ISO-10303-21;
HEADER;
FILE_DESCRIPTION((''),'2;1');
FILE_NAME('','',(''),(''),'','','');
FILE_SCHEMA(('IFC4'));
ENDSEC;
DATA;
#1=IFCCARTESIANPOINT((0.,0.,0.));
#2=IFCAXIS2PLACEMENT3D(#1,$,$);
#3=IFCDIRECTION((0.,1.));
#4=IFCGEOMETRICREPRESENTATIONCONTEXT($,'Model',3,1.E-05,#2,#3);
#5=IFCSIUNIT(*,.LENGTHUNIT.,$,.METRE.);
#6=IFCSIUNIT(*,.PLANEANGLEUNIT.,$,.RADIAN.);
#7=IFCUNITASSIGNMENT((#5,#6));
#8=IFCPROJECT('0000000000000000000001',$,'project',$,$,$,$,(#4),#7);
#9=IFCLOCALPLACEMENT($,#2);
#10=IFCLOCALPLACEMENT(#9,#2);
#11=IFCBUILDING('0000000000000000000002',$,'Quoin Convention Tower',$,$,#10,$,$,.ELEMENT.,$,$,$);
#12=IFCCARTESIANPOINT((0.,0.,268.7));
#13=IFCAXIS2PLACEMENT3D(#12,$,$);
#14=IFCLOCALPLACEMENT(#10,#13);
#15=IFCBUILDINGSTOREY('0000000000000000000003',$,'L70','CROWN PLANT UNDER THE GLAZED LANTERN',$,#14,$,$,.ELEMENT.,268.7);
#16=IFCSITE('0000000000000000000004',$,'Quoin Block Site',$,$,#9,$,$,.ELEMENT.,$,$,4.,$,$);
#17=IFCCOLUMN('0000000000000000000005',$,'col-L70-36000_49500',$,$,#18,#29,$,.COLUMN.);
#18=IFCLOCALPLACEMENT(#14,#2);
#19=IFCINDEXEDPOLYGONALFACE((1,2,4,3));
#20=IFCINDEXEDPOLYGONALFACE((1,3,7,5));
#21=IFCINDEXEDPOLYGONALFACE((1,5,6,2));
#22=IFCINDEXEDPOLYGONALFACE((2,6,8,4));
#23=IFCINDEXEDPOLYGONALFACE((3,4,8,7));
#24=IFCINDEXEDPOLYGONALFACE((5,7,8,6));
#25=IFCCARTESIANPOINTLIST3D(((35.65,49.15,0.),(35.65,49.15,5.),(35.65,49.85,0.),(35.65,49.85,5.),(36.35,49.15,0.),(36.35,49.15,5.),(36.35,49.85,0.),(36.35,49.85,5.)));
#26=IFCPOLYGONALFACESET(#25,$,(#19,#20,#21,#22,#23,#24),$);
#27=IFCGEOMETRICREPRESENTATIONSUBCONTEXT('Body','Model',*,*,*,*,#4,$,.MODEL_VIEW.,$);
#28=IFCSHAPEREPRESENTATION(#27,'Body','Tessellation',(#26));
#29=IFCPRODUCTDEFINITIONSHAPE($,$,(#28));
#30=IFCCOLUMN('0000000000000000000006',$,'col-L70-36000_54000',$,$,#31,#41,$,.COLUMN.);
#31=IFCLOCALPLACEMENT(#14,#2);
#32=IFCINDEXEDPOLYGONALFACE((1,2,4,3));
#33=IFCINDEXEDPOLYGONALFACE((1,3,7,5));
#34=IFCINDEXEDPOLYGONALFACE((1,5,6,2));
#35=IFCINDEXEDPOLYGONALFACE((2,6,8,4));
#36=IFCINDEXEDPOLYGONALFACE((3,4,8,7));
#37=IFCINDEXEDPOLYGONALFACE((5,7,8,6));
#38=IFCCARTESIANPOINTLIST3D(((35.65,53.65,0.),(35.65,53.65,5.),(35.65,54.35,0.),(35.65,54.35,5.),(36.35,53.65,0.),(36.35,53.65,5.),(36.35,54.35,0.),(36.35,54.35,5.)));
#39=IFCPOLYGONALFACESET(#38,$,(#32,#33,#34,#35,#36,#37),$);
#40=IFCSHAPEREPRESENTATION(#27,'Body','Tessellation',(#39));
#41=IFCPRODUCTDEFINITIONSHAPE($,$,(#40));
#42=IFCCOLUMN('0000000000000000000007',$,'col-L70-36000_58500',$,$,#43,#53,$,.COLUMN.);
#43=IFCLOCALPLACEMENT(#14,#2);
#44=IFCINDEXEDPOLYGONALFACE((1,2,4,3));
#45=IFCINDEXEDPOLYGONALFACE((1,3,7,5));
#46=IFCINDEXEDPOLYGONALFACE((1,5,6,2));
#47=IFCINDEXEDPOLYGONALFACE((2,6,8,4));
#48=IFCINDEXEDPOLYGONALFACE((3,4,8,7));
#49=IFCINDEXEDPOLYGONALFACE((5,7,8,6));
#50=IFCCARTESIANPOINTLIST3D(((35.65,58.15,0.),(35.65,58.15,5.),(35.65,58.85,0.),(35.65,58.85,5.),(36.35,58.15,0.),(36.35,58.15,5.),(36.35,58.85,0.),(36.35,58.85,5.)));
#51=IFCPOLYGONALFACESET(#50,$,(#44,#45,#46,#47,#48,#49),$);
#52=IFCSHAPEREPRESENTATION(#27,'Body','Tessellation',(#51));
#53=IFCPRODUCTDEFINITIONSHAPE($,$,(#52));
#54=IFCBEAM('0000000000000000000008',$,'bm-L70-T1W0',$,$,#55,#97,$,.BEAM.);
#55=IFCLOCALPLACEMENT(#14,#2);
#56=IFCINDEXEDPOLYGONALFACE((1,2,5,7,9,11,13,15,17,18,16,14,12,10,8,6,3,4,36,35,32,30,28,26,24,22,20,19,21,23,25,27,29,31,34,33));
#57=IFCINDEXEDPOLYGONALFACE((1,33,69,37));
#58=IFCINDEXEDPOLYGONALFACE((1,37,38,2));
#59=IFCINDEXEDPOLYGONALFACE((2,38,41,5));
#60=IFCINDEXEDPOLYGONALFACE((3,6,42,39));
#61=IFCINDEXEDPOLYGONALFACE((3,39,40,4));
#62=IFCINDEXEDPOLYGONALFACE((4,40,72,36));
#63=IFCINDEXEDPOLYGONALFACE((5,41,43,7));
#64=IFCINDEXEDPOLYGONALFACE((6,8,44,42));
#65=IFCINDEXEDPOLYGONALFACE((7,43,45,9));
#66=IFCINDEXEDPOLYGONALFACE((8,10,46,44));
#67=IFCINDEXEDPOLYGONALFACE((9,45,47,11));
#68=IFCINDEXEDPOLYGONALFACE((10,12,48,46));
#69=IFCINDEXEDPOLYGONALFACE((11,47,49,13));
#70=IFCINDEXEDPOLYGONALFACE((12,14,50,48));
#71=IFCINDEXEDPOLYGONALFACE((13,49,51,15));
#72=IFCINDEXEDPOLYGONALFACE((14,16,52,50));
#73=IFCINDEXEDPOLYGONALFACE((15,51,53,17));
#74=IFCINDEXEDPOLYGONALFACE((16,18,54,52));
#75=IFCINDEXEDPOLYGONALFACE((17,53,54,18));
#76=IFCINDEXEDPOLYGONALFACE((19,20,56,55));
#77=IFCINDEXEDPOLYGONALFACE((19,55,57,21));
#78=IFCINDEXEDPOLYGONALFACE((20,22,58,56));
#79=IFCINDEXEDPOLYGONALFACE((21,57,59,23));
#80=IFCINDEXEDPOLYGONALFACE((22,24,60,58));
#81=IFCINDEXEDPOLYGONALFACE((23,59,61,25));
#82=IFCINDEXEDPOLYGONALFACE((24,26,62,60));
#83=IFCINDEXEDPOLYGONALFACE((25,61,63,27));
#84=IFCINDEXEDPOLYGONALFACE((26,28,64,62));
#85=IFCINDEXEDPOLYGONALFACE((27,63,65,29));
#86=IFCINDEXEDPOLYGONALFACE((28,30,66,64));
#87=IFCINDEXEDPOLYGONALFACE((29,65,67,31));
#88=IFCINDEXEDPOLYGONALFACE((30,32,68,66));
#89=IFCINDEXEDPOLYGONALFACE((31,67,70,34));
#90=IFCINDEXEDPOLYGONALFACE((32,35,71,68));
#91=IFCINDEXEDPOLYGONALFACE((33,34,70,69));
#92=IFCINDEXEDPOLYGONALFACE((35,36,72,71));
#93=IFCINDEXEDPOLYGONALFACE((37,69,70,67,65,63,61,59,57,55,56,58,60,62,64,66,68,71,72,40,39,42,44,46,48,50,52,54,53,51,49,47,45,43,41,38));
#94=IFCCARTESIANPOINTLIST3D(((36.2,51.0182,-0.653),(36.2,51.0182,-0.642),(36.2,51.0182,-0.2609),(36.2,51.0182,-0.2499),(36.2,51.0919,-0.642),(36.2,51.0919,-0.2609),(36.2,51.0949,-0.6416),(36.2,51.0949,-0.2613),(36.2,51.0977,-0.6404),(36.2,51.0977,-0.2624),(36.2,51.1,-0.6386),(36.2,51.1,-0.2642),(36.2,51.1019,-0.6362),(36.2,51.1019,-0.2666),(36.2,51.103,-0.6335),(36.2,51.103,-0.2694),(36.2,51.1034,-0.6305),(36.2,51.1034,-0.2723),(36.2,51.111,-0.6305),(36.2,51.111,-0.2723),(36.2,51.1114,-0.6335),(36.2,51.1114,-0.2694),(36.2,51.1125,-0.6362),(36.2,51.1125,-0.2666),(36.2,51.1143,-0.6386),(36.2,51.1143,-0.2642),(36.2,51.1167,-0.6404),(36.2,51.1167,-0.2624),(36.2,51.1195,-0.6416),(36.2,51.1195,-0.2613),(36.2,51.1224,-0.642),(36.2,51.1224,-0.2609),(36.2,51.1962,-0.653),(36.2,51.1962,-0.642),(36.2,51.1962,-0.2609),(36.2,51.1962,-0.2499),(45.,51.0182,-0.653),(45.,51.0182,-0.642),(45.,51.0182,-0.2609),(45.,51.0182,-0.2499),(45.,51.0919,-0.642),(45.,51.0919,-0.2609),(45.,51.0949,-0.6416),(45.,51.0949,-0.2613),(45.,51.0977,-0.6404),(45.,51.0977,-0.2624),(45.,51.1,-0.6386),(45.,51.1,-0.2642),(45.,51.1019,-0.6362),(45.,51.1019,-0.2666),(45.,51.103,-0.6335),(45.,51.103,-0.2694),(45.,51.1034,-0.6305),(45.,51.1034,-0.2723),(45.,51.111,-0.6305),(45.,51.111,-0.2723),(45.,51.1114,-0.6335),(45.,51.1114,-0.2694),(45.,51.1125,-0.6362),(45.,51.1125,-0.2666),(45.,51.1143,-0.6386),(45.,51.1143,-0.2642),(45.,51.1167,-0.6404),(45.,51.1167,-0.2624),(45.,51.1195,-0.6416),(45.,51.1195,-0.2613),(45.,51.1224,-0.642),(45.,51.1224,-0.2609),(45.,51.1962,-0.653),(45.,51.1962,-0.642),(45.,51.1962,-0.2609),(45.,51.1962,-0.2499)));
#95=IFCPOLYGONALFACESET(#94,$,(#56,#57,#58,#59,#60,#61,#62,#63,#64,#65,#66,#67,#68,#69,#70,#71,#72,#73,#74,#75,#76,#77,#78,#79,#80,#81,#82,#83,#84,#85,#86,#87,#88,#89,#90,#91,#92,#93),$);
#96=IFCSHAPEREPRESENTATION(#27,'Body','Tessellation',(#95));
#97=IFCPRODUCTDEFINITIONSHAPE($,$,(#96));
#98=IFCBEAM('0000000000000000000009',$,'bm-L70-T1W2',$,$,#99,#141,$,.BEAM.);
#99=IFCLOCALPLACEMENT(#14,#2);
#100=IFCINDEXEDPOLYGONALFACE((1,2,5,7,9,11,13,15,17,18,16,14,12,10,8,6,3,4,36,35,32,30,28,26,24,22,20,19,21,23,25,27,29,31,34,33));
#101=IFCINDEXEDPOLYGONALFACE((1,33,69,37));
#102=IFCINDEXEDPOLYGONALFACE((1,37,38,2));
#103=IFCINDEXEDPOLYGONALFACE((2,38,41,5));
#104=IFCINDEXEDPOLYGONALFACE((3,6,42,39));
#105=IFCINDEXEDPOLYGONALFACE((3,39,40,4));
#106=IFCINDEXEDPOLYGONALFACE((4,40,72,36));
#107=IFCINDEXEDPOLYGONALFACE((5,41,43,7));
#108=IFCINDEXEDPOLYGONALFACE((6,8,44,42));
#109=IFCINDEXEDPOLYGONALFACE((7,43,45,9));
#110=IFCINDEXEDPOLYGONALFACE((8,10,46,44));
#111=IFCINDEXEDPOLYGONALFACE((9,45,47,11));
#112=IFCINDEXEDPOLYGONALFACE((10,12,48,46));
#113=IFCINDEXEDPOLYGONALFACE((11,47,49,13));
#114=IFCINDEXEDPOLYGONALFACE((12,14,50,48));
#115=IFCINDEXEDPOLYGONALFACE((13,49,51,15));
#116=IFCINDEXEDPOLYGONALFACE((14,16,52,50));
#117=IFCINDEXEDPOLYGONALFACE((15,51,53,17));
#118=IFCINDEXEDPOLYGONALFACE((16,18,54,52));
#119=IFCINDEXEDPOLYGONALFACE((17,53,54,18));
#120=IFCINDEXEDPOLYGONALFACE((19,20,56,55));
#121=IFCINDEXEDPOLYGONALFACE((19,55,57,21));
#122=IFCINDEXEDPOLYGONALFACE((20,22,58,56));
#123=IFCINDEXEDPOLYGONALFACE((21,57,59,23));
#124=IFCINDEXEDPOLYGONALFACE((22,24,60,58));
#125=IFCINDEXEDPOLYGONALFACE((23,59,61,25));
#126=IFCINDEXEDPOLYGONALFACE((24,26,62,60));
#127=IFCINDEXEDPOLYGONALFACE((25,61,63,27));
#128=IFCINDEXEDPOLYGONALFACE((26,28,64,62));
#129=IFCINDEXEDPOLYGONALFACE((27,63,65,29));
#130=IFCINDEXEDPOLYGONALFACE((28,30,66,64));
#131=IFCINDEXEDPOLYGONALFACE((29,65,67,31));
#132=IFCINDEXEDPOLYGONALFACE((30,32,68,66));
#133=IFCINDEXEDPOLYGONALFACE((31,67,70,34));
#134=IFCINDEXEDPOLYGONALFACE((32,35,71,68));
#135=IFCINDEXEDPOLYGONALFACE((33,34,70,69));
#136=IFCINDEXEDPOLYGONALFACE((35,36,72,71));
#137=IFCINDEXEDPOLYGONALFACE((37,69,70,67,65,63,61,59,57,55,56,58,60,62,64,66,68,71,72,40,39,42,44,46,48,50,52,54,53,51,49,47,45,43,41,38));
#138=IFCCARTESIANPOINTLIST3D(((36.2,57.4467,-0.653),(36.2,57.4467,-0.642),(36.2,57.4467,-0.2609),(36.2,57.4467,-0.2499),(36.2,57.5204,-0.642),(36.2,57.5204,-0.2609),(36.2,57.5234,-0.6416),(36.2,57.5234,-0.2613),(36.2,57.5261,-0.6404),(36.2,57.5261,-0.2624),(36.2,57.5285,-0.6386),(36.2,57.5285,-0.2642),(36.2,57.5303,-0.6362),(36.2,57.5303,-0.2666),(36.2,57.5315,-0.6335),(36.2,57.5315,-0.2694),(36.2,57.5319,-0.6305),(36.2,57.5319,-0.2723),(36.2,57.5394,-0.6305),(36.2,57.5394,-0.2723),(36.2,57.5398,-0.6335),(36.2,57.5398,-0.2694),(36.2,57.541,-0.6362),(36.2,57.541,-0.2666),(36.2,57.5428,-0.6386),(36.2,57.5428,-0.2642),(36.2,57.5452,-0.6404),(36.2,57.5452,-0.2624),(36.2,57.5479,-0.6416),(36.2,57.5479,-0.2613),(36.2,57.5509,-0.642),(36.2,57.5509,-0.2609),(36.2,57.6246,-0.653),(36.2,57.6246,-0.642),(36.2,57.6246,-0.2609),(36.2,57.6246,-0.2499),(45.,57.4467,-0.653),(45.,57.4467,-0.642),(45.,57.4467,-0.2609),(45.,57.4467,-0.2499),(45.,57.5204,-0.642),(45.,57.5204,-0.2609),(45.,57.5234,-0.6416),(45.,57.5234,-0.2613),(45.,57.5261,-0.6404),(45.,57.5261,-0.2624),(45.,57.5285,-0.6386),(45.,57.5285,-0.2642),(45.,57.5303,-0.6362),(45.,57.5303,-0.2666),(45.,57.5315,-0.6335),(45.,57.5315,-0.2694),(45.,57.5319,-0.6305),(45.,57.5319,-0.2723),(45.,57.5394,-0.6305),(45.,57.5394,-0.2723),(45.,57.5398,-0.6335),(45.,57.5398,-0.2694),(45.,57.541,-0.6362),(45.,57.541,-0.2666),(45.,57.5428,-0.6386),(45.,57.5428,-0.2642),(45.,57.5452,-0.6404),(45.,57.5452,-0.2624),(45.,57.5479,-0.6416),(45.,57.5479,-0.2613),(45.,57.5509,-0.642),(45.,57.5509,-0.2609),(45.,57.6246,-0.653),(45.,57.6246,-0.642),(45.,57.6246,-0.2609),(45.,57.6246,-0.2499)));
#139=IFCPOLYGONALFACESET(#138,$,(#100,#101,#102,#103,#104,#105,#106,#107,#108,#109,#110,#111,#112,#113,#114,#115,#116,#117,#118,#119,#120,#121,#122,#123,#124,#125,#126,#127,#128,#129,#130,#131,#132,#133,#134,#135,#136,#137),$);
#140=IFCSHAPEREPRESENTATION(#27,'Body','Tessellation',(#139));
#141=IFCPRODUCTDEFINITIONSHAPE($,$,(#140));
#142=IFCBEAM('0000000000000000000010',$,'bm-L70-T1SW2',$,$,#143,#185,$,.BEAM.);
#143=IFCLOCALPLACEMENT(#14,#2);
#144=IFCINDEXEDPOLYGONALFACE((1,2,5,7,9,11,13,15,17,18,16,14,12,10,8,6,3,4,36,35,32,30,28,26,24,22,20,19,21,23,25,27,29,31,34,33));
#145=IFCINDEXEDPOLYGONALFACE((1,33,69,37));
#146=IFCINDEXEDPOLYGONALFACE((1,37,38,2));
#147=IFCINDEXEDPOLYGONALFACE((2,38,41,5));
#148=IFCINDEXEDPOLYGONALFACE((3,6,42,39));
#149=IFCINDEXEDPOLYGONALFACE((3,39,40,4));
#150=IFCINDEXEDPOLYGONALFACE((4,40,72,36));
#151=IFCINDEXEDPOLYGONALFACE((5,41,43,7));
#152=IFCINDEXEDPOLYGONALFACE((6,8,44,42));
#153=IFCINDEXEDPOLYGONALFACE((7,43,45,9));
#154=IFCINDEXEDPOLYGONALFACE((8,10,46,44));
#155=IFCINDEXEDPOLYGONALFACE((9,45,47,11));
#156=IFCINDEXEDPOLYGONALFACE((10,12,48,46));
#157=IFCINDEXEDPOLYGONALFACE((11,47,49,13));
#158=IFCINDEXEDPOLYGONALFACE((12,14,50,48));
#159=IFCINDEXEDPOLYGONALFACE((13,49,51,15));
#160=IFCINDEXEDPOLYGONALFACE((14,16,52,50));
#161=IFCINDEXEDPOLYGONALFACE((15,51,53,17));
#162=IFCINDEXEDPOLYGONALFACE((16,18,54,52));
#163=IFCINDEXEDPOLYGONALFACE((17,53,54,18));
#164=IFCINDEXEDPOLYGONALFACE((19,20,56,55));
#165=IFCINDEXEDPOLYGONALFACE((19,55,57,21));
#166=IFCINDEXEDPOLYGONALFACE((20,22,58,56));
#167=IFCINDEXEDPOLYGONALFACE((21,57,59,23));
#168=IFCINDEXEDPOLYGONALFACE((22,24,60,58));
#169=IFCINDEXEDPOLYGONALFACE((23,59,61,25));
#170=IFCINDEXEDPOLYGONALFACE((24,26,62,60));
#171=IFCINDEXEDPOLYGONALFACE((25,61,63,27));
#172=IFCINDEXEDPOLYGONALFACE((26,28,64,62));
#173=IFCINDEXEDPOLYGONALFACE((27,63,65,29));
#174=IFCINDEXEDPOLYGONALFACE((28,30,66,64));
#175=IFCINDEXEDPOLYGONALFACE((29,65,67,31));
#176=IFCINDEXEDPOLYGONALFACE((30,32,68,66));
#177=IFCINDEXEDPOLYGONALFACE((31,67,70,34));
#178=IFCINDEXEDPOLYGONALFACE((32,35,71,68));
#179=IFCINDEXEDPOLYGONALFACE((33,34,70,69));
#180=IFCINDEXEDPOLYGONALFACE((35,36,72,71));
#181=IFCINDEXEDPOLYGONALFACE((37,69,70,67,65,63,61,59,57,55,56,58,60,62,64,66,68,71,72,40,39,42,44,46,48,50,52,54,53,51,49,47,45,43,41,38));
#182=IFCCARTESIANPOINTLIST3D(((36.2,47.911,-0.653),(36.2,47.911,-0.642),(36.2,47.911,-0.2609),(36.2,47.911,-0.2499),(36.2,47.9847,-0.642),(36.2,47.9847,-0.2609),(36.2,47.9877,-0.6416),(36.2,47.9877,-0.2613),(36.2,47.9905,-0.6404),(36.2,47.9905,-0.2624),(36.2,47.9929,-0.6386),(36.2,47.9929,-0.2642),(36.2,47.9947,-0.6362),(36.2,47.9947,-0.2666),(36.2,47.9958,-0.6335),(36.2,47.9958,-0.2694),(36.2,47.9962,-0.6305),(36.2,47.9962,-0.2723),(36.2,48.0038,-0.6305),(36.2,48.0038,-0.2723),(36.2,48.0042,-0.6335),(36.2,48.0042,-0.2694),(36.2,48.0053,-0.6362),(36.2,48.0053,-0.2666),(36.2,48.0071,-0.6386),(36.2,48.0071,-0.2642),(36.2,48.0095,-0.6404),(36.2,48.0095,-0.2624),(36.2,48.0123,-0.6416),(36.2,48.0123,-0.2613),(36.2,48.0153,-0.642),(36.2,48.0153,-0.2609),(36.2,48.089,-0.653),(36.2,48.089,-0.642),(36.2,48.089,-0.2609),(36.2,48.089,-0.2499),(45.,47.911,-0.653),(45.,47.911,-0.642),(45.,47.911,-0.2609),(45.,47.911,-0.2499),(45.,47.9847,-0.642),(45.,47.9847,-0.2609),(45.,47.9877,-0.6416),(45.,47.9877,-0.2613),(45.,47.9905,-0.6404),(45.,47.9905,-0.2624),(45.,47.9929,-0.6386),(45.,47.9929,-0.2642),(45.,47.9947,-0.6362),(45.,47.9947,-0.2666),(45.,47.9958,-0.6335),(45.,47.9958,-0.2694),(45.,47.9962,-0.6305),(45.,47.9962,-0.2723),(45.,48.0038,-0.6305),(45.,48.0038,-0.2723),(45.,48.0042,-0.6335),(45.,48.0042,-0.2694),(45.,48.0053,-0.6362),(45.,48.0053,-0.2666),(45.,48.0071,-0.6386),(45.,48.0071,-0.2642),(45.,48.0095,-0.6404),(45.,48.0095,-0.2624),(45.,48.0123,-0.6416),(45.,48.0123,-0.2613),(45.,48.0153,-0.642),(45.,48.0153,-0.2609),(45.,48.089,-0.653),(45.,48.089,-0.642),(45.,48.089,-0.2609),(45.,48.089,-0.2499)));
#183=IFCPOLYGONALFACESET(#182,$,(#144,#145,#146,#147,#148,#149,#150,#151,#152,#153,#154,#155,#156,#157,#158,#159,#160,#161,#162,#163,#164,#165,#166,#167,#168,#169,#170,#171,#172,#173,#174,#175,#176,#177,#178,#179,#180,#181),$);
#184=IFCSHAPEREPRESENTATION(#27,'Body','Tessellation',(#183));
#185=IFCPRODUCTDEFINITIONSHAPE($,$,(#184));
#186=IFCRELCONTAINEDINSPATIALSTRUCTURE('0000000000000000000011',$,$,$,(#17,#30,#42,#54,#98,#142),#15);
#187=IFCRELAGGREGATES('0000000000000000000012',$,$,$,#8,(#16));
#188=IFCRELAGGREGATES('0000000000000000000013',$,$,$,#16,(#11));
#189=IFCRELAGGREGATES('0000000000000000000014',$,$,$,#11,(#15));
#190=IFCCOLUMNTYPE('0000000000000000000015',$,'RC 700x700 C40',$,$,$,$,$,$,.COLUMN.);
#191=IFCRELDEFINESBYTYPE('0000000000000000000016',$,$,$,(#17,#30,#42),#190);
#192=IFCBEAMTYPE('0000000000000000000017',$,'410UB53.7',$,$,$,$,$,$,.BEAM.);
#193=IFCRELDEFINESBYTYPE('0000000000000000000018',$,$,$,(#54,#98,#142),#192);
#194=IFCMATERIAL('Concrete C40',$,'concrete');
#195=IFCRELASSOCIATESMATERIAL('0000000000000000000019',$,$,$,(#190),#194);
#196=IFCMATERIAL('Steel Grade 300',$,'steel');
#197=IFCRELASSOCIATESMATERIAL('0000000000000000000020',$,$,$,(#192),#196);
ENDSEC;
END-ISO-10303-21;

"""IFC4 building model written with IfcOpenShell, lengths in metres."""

from ifc_helpers import new_model, si_unit, direction, frame, origin, origin_2d, place, context, subcontext, project, spatial, rectangle, i_section, extrude, material, material_profile, profile_set, type_object, element, save


model = new_model("IFC4")

# Units and contexts
model_context = context("Model", 3, precision=1e-05, world=origin(), true_north=direction((0.0, 1.0)))
body_context = subcontext(model_context, "Body", "Model", "MODEL_VIEW")
ifc_project = project(units=[si_unit("LENGTHUNIT", "METRE"), si_unit("PLANEANGLEUNIT", "RADIAN")], contexts=[model_context])

# Site, building, storey
site_placement = place(None, origin())
site = spatial("IfcSite", under=ifc_project, at=site_placement, Name="Quoin Block Site", CompositionType="ELEMENT", RefElevation=4.0)
building_placement = place(site_placement, origin())
building = spatial("IfcBuilding", under=site, at=building_placement, Name="Quoin Convention Tower", CompositionType="ELEMENT")
storey_placement = place(building_placement, frame((0.0, 0.0, 268.7)))
storey = spatial("IfcBuildingStorey", under=building, at=storey_placement, Name="L70", Description="CROWN PLANT UNDER THE GLAZED LANTERN", CompositionType="ELEMENT", Elevation=268.7)

# Columns
ifc_material_1 = material(Name="Concrete C40", Category="concrete")
ifc_material_profile_1 = material_profile(ifc_material_1, rectangle(XDim=0.7, YDim=0.7, at=origin_2d()), Name="RC 700x700")
ifc_profile_set_1 = profile_set([ifc_material_profile_1], Name="Concrete C40")
column_type = type_object("IfcColumnType", Name="RC 700x700 C40", PredefinedType="COLUMN", material=ifc_profile_set_1)
for number, where, z_axis, x_axis, name in (
    (1, (36.0, 49.5, 0.0), (0.0, 0.0, 1.0), (1.0, 0.0, 0.0), "col-L70-36000_49500"),
    (2, (36.0, 54.0, 0.0), (0.0, 0.0, 1.0), (1.0, 0.0, 0.0), "col-L70-36000_54000"),
    (3, (36.0, 58.5, 0.0), (0.0, 0.0, 1.0), (1.0, 0.0, 0.0), "col-L70-36000_58500"),
):
    element("IfcColumn", number, at=place(storey_placement, frame(where, z_axis=z_axis, x_axis=x_axis)), inside=storey, type_object=column_type, Name=name, PredefinedType="COLUMN", context=body_context, shape_type="SweptSolid", body=[
        extrude(rectangle(XDim=0.7, YDim=0.7, at=origin_2d()), origin(), (0.0, 0.0, 1.0), 5.0),
    ])

# Beams
ifc_material_2 = material(Name="Steel Grade 300", Category="steel")
ifc_material_profile_2 = material_profile(ifc_material_2, i_section(OverallWidth=0.178, OverallDepth=0.4031, WebThickness=0.0076, FlangeThickness=0.011, FilletRadius=0.0115, at=origin_2d()), Name="410UB53.7")
ifc_profile_set_2 = profile_set([ifc_material_profile_2], Name="Steel Grade 300")
beam_type_1 = type_object("IfcBeamType", Name="410UB53.7", PredefinedType="BEAM", material=ifc_profile_set_2)
for number, where, z_axis, x_axis, name in (
    (4, (36.2, 51.1072, -0.4514), (1.0, 0.0, 0.0), (0.0, 1.0, 0.0), "bm-L70-T1W0"),
    (5, (36.2, 57.5356, -0.4514), (1.0, 0.0, 0.0), (0.0, 1.0, 0.0), "bm-L70-T1W2"),
    (6, (36.2, 48.0, -0.4514), (1.0, 0.0, 0.0), (0.0, 1.0, 0.0), "bm-L70-T1SW2"),
):
    element("IfcBeam", number, at=place(storey_placement, frame(where, z_axis=z_axis, x_axis=x_axis)), inside=storey, type_object=beam_type_1, Name=name, PredefinedType="BEAM", context=body_context, shape_type="SweptSolid", body=[
        extrude(i_section(OverallWidth=0.178, OverallDepth=0.4031, WebThickness=0.0076, FlangeThickness=0.011, FilletRadius=0.0115, at=origin_2d()), origin(), (0.0, 0.0, 1.0), 8.8),
    ])

save(model, "model.ifc")
